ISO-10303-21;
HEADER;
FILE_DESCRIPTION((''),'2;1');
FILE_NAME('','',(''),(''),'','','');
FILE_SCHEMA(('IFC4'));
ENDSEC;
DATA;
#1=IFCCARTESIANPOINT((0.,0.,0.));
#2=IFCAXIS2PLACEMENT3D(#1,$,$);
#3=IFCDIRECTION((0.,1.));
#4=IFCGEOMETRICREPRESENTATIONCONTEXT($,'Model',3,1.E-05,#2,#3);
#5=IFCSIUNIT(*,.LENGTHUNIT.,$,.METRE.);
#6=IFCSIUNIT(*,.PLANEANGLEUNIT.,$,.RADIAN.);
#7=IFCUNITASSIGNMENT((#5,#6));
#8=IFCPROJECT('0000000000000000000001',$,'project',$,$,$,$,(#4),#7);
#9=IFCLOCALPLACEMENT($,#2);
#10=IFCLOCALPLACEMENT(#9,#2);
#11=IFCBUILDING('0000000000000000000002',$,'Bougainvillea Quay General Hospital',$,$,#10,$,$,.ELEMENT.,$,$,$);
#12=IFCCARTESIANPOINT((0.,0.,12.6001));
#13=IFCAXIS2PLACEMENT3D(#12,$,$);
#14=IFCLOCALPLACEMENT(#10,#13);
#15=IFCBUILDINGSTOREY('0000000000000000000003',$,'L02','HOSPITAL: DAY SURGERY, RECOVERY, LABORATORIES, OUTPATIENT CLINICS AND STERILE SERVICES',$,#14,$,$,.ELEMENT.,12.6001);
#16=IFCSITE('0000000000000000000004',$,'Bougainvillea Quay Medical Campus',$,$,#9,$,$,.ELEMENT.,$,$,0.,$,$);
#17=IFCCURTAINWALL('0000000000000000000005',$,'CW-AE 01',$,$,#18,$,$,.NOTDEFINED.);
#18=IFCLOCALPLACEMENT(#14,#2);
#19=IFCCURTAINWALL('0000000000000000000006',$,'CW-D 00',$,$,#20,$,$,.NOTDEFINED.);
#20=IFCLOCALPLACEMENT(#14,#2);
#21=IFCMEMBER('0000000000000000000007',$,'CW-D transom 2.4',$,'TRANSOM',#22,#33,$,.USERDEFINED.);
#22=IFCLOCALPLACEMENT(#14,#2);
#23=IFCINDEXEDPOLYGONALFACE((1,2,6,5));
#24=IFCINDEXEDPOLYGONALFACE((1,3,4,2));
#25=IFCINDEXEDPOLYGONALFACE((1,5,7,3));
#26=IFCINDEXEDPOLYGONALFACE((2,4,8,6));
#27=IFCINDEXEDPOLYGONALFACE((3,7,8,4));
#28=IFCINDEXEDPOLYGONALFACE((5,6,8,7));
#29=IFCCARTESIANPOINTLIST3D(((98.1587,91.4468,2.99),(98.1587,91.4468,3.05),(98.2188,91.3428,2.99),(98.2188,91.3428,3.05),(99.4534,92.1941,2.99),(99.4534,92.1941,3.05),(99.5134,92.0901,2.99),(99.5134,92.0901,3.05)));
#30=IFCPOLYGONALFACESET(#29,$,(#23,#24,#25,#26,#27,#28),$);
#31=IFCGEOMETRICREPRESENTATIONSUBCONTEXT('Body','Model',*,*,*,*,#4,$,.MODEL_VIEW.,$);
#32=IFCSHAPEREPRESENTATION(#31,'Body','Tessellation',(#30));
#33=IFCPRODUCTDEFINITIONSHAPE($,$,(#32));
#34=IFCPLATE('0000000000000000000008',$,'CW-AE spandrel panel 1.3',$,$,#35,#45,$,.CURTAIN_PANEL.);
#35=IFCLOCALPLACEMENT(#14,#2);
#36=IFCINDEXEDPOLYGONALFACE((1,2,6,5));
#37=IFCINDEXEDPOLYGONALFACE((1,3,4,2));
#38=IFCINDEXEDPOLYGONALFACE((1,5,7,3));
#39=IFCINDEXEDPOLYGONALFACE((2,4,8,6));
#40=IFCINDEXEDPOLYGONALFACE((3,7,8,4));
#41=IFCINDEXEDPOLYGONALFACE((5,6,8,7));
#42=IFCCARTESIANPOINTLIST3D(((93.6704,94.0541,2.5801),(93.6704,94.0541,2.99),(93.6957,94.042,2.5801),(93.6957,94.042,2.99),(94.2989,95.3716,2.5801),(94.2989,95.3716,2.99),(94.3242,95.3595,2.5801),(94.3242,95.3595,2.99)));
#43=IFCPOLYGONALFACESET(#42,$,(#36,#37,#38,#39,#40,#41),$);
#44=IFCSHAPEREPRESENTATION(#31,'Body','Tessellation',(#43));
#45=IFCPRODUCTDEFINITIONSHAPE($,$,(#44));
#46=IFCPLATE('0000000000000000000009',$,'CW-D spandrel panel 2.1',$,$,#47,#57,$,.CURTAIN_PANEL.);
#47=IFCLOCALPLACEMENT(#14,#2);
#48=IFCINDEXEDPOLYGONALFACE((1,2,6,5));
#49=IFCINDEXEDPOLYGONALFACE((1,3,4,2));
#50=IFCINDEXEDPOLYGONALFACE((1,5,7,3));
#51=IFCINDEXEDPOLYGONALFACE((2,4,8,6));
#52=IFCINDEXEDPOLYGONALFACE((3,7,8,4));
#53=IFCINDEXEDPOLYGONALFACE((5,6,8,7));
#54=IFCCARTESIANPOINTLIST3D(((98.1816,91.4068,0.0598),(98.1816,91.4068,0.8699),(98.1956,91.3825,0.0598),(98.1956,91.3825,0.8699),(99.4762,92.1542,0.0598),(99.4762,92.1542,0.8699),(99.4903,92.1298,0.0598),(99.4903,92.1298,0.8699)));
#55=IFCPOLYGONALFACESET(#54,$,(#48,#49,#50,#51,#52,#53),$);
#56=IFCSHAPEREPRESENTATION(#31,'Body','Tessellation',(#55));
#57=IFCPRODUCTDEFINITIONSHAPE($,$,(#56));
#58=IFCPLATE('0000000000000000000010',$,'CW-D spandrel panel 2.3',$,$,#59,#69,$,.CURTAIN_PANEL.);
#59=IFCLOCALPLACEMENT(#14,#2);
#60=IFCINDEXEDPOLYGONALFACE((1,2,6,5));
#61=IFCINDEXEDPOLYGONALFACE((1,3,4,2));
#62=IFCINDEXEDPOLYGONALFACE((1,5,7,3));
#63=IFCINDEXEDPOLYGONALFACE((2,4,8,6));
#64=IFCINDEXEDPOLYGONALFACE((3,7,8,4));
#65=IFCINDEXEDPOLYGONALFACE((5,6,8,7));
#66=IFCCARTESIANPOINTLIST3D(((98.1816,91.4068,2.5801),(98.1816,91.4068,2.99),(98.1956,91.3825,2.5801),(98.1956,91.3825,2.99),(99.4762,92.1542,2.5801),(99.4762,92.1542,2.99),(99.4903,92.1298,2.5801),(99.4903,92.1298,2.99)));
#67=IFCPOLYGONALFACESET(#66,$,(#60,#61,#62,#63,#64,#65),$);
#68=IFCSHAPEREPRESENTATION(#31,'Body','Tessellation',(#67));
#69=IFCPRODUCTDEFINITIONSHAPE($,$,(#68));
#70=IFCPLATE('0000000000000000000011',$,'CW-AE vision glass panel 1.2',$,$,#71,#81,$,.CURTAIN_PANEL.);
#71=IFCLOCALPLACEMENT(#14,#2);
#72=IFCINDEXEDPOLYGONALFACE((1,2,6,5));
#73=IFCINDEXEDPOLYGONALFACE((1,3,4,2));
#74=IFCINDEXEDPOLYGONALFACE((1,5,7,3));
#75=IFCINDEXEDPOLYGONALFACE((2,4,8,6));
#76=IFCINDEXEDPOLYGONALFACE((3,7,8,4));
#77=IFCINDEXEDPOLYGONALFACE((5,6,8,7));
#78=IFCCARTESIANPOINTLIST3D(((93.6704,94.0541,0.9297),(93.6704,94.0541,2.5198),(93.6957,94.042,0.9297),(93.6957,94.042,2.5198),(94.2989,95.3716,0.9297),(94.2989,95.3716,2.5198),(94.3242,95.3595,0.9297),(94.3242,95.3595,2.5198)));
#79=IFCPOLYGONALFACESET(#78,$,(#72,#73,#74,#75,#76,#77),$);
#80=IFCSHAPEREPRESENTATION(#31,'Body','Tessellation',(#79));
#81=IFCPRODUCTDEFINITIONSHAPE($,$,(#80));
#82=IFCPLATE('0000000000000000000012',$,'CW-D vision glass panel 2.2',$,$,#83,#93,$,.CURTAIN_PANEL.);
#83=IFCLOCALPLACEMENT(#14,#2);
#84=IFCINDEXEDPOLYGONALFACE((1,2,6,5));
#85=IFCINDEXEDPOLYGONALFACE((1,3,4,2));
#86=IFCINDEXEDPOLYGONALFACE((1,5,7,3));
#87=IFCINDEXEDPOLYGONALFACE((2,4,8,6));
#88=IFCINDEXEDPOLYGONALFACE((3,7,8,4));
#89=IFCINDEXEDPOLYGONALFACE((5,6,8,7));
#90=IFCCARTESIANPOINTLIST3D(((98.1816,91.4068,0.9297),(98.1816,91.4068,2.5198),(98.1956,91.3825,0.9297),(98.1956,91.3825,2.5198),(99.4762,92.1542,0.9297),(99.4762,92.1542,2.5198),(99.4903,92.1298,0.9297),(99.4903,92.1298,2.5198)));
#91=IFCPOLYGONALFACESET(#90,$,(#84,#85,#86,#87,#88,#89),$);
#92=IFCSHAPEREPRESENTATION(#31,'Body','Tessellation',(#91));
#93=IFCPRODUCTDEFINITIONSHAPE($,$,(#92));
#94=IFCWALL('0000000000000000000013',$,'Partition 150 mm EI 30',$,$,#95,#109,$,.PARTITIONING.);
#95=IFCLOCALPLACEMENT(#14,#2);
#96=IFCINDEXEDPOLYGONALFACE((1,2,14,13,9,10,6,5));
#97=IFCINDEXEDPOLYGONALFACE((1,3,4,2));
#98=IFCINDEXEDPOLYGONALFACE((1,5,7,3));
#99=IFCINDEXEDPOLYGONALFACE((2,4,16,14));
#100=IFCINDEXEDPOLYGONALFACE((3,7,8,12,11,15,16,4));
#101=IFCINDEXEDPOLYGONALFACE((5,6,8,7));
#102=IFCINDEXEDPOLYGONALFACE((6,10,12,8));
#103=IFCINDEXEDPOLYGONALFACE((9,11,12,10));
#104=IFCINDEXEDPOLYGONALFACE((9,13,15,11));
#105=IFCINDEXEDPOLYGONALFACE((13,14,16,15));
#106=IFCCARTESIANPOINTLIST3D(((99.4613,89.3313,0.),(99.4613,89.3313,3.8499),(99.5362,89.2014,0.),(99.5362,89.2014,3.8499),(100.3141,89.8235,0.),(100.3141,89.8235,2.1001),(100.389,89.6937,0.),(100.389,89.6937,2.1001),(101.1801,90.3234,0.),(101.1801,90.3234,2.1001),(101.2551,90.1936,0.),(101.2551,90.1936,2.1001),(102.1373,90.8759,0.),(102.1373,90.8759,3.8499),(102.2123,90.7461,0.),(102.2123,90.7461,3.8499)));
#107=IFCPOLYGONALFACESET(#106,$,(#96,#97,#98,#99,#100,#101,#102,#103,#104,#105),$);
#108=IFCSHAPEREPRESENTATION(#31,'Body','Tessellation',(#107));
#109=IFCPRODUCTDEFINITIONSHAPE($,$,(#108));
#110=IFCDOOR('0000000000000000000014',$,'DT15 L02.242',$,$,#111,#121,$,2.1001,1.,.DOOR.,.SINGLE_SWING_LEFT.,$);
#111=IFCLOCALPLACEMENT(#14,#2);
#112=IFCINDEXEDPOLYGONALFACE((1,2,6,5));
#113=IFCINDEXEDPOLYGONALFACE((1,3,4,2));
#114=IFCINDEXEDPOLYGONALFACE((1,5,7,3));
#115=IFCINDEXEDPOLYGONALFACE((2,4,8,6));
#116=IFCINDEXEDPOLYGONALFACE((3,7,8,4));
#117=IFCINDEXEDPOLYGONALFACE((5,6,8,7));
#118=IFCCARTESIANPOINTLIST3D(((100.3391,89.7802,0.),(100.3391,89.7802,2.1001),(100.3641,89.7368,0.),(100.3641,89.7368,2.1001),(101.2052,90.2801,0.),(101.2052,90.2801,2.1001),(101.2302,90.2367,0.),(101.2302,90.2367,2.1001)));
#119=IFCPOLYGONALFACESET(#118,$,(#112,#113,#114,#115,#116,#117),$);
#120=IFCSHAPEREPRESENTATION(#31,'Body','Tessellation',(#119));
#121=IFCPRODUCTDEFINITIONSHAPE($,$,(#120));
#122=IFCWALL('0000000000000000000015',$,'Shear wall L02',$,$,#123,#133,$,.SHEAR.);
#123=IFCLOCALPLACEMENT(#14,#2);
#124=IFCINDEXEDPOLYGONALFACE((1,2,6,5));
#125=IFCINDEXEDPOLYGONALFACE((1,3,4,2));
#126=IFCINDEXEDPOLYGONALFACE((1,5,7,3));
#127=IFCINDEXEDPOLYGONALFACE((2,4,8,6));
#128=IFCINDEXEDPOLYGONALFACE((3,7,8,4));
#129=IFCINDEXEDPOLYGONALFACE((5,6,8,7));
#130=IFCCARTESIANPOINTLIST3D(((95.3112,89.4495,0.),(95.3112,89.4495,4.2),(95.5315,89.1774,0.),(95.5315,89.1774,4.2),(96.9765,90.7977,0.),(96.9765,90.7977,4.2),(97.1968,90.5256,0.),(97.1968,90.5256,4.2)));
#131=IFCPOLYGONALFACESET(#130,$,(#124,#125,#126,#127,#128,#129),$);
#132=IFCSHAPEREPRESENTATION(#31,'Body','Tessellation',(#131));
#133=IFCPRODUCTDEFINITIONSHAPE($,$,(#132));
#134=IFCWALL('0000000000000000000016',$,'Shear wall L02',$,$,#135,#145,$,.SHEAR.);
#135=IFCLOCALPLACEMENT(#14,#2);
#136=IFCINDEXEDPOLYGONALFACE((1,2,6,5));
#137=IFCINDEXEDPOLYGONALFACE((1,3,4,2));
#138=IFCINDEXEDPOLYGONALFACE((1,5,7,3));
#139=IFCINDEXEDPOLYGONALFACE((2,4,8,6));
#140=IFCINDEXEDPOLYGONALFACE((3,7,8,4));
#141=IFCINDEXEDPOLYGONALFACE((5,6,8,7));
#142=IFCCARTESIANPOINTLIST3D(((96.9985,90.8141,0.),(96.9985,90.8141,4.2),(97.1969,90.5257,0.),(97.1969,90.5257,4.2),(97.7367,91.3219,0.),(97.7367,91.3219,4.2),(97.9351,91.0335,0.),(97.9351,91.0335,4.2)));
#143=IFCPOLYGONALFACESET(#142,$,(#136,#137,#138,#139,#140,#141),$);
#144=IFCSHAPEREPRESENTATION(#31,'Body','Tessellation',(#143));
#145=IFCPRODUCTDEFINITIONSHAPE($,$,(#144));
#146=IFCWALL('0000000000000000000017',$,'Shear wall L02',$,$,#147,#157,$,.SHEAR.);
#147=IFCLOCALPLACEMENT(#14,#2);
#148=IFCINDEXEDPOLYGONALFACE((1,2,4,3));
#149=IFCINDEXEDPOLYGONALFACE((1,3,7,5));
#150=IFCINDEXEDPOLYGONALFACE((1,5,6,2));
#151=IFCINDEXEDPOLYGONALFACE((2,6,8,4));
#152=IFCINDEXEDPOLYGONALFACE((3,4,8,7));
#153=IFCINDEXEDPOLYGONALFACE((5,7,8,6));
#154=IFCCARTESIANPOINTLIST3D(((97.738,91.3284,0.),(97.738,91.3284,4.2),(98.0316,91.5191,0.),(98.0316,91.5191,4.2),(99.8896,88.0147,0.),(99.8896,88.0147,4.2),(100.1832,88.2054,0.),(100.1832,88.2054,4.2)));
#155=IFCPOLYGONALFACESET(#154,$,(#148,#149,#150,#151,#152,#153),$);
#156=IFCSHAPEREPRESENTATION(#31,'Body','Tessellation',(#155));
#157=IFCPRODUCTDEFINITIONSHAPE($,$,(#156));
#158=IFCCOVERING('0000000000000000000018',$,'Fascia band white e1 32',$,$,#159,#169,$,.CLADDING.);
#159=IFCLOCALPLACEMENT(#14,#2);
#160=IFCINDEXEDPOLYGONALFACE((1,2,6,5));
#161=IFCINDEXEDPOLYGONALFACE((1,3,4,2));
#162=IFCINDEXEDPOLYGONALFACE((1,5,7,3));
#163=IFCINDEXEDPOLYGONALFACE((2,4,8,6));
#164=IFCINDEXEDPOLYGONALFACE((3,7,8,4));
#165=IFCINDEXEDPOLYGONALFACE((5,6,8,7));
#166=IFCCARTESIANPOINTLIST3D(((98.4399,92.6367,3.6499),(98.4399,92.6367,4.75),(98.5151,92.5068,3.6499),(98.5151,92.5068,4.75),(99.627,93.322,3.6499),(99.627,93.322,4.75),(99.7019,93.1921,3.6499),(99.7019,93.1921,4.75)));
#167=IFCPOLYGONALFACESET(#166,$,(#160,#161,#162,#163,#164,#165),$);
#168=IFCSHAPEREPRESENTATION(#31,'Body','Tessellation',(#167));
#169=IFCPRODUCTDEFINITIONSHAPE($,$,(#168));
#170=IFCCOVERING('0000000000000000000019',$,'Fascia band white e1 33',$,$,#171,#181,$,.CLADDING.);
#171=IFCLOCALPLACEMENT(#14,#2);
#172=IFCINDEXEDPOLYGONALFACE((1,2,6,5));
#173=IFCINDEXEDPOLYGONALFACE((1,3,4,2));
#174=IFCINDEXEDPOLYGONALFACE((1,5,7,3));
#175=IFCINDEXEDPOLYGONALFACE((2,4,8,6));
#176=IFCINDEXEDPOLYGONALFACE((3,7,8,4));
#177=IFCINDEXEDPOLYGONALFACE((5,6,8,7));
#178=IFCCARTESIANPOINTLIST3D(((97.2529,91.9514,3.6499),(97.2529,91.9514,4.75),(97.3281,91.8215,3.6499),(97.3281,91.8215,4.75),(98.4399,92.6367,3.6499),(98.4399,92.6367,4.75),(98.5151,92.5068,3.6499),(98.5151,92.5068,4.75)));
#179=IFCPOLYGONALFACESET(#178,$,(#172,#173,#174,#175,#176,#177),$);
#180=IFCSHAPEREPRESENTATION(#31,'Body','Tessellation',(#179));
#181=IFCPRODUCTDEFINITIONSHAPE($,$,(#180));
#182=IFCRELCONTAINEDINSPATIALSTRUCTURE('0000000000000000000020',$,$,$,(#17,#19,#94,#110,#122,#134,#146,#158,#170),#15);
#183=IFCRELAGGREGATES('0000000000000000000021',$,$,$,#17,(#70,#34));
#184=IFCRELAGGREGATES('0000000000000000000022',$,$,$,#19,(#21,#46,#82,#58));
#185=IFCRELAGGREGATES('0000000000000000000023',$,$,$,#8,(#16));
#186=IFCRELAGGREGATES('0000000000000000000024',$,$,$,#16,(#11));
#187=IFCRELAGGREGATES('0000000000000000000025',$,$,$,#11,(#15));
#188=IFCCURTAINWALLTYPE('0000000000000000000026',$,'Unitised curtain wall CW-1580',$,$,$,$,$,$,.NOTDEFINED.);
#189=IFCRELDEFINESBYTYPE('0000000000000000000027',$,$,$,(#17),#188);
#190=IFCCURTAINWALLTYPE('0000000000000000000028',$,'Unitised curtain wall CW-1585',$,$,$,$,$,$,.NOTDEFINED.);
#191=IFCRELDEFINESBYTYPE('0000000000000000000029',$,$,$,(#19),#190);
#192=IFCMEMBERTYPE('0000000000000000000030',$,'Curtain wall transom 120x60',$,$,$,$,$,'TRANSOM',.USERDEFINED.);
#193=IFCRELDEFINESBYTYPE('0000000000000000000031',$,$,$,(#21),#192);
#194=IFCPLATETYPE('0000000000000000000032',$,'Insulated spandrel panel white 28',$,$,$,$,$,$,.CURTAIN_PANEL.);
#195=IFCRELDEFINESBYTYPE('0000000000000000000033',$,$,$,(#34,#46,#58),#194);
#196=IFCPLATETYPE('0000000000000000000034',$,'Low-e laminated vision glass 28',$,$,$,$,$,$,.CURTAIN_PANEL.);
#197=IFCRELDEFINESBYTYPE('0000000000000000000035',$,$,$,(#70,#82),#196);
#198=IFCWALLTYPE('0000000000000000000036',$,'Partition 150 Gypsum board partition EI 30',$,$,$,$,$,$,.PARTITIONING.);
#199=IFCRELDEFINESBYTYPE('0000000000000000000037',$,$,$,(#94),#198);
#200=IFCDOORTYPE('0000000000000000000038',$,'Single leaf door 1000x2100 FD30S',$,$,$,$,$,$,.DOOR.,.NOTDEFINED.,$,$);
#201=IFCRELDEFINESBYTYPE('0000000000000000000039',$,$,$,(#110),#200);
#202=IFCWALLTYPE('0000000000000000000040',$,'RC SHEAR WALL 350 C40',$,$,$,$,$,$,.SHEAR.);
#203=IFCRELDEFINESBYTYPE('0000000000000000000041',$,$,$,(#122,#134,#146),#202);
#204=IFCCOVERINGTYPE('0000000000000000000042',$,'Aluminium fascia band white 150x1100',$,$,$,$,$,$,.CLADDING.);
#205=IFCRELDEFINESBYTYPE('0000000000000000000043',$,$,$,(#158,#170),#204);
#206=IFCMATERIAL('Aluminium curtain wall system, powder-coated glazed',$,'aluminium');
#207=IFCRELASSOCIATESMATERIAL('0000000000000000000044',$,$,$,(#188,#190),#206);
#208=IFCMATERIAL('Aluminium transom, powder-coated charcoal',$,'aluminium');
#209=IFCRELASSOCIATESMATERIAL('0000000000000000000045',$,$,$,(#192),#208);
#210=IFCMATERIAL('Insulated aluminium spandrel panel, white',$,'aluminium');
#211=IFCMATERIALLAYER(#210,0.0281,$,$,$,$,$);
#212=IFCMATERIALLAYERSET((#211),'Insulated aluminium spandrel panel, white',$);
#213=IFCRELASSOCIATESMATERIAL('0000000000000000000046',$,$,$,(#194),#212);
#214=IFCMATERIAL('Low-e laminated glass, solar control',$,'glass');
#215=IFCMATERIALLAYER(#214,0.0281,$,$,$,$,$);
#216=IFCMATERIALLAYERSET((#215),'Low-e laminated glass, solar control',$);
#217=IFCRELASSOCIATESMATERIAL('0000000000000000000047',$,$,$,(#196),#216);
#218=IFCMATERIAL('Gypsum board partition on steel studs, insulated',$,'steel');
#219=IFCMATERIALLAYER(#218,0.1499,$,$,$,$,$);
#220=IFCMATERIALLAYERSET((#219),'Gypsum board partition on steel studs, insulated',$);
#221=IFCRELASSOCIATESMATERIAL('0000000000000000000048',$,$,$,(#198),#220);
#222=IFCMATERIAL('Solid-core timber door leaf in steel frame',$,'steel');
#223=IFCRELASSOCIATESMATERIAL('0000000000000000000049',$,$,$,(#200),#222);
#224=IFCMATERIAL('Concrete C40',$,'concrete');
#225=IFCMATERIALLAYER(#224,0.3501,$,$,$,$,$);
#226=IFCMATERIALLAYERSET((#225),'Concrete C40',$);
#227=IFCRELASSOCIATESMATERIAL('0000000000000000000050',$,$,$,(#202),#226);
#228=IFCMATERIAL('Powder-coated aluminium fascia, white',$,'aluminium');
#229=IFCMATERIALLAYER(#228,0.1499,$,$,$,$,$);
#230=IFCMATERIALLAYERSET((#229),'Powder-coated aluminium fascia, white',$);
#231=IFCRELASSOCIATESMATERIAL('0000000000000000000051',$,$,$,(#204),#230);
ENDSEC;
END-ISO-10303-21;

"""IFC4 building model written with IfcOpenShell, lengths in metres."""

from ifc_helpers import new_model, si_unit, direction, frame, frame_2d, origin, origin_2d, place, context, subcontext, project, spatial, polyline, rectangle, outline, extrude, material, layer, layer_set, material_profile, profile_set, type_object, element, fill, aggregate, save


model = new_model("IFC4")

# Units and contexts
model_context = context("Model", 3, precision=1e-05, world=origin(), true_north=direction((0.0, 1.0)))
body_context = subcontext(model_context, "Body", "Model", "MODEL_VIEW")
ifc_project = project(units=[si_unit("LENGTHUNIT", "METRE"), si_unit("PLANEANGLEUNIT", "RADIAN")], contexts=[model_context])

# Site, building, storey
site_placement = place(None, origin())
site = spatial("IfcSite", under=ifc_project, at=site_placement, Name="Bougainvillea Quay Medical Campus", CompositionType="ELEMENT", RefElevation=0.0)
building_placement = place(site_placement, origin())
building = spatial("IfcBuilding", under=site, at=building_placement, Name="Bougainvillea Quay General Hospital", CompositionType="ELEMENT")
storey_placement = place(building_placement, frame((0.0, 0.0, 12.6001)))
storey = spatial("IfcBuildingStorey", under=building, at=storey_placement, Name="L02", Description="HOSPITAL: DAY SURGERY, RECOVERY, LABORATORIES, OUTPATIENT CLINICS AND STERILE SERVICES", CompositionType="ELEMENT", Elevation=12.6001)

# Shared definitions
ifc_material_1 = material(Name="Concrete C40", Category="concrete")

# Curtain wall
ifc_material_2 = material(Name="Aluminium curtain wall system, powder-coated glazed", Category="aluminium")
curtain_wall_type_1 = type_object("IfcCurtainWallType", Name="Unitised curtain wall CW-1580", PredefinedType="NOTDEFINED", material=ifc_material_2)
curtain_wall_1_placement = place(storey_placement, origin())
curtain_wall_1 = element("IfcCurtainWall", 1, at=curtain_wall_1_placement, inside=storey, type_object=curtain_wall_type_1, Name="CW-AE 01", PredefinedType="NOTDEFINED")

# Curtain wall
curtain_wall_type_2 = type_object("IfcCurtainWallType", Name="Unitised curtain wall CW-1585", PredefinedType="NOTDEFINED", material=ifc_material_2)
curtain_wall_2_placement = place(storey_placement, origin())
curtain_wall_2 = element("IfcCurtainWall", 2, at=curtain_wall_2_placement, inside=storey, type_object=curtain_wall_type_2, Name="CW-D 00", PredefinedType="NOTDEFINED")

# Member
ifc_material_3 = material(Name="Aluminium transom, powder-coated charcoal", Category="aluminium")
ifc_material_profile_1 = material_profile(ifc_material_3, rectangle(XDim=0.1201, YDim=0.0601, at=origin_2d()))
ifc_profile_set_1 = profile_set([ifc_material_profile_1], Name="Aluminium transom, powder-coated charcoal")
member_type_1 = type_object("IfcMemberType", Name="Curtain wall transom 120x60", ElementType="TRANSOM", PredefinedType="USERDEFINED", material=ifc_profile_set_1)
member_1_placement = place(storey_placement, frame((99.4834, 92.1421, 3.02), z_axis=(-0.866074, -0.499916, 0.0), x_axis=(0.499916, -0.866074, 0.0)))
member_1 = element("IfcMember", 3, at=member_1_placement, type_object=member_type_1, Name="CW-D transom 2.4", ObjectType="TRANSOM", PredefinedType="USERDEFINED", context=body_context, shape_type="SweptSolid", body=[
    extrude(rectangle(XDim=0.1201, YDim=0.0601, at=origin_2d()), origin(), (0.0, 0.0, 1.0), 1.4949),
])

# Plates
ifc_material_4 = material(Name="Insulated aluminium spandrel panel, white", Category="aluminium")
ifc_layer_1 = layer(ifc_material_4, 0.0281)
ifc_layer_set_1 = layer_set([ifc_layer_1], Name="Insulated aluminium spandrel panel, white")
plate_type_1 = type_object("IfcPlateType", Name="Insulated spandrel panel white 28", PredefinedType="CURTAIN_PANEL", material=ifc_layer_set_1)
plate_1_placement = place(storey_placement, frame((93.9973, 94.7068, 2.5801), z_axis=(0.0, 0.0, 1.0), x_axis=(0.430563, 0.902561, 0.0)))
plate_1 = element("IfcPlate", 4, at=plate_1_placement, type_object=plate_type_1, Name="CW-AE spandrel panel 1.3", PredefinedType="CURTAIN_PANEL", context=body_context, shape_type="SweptSolid", body=[
    extrude(rectangle(XDim=1.4597, YDim=0.0281, at=origin_2d()), origin(), (0.0, 0.0, 1.0), 0.4099),
])
plate_2_placement = place(storey_placement, frame((98.8359, 91.7683, 0.0598), z_axis=(0.0, 0.0, 1.0), x_axis=(-0.866046, -0.499965, 0.0)))
plate_2 = element("IfcPlate", 5, at=plate_2_placement, type_object=plate_type_1, Name="CW-D spandrel panel 2.1", PredefinedType="CURTAIN_PANEL", context=body_context, shape_type="SweptSolid", body=[
    extrude(rectangle(XDim=1.4949, YDim=0.0281, at=origin_2d()), origin(), (0.0, 0.0, 1.0), 0.8101),
])
plate_3_placement = place(storey_placement, frame((98.8359, 91.7683, 2.5801), z_axis=(0.0, 0.0, 1.0), x_axis=(-0.866046, -0.499965, 0.0)))
plate_3 = element("IfcPlate", 6, at=plate_3_placement, type_object=plate_type_1, Name="CW-D spandrel panel 2.3", PredefinedType="CURTAIN_PANEL", context=body_context, shape_type="SweptSolid", body=[
    extrude(rectangle(XDim=1.4949, YDim=0.0281, at=origin_2d()), origin(), (0.0, 0.0, 1.0), 0.4099),
])
ifc_material_5 = material(Name="Low-e laminated glass, solar control", Category="glass")
ifc_layer_2 = layer(ifc_material_5, 0.0281)
ifc_layer_set_2 = layer_set([ifc_layer_2], Name="Low-e laminated glass, solar control")
plate_type_2 = type_object("IfcPlateType", Name="Low-e laminated vision glass 28", PredefinedType="CURTAIN_PANEL", material=ifc_layer_set_2)
plate_4_placement = place(storey_placement, frame((93.9973, 94.7068, 0.9297), z_axis=(0.0, 0.0, 1.0), x_axis=(0.430563, 0.902561, 0.0)))
plate_4 = element("IfcPlate", 7, at=plate_4_placement, type_object=plate_type_2, Name="CW-AE vision glass panel 1.2", PredefinedType="CURTAIN_PANEL", context=body_context, shape_type="SweptSolid", body=[
    extrude(rectangle(XDim=1.4597, YDim=0.0281, at=origin_2d()), origin(), (0.0, 0.0, 1.0), 1.5901),
])
aggregate(curtain_wall_1, [plate_4, plate_1])
plate_5_placement = place(storey_placement, frame((98.8359, 91.7683, 0.9297), z_axis=(0.0, 0.0, 1.0), x_axis=(-0.866046, -0.499965, 0.0)))
plate_5 = element("IfcPlate", 8, at=plate_5_placement, type_object=plate_type_2, Name="CW-D vision glass panel 2.2", PredefinedType="CURTAIN_PANEL", context=body_context, shape_type="SweptSolid", body=[
    extrude(rectangle(XDim=1.4949, YDim=0.0281, at=origin_2d()), origin(), (0.0, 0.0, 1.0), 1.5901),
])
aggregate(curtain_wall_2, [member_1, plate_2, plate_5, plate_3])

# Wall, opening, door
ifc_material_6 = material(Name="Gypsum board partition on steel studs, insulated", Category="steel")
ifc_layer_3 = layer(ifc_material_6, 0.1499)
ifc_layer_set_3 = layer_set([ifc_layer_3], Name="Gypsum board partition on steel studs, insulated")
wall_type_1 = type_object("IfcWallType", Name="Partition 150 Gypsum board partition EI 30", PredefinedType="PARTITIONING", material=ifc_layer_set_3)
wall_1_placement = place(storey_placement, frame((99.4988, 89.2664, 0.0), z_axis=(0.0, 0.0, 1.0), x_axis=(0.866071, 0.499921, 0.0)))
wall_1 = element("IfcWall", 9, at=wall_1_placement, inside=storey, type_object=wall_type_1, Name="Partition 150 mm EI 30", PredefinedType="PARTITIONING", context=body_context, shape_type="SweptSolid", body=[
    extrude(rectangle(XDim=3.0898, YDim=0.1499, at=frame_2d((1.5449, 0.0))), origin(), (0.0, 0.0, 1.0), 3.8499),
])
opening_placement = place(wall_1_placement, frame((0.9846, 0.0, 0.0)))
opening = element("IfcOpeningElement", 10, at=opening_placement, cuts=wall_1, PredefinedType="OPENING", context=body_context, shape_type="SweptSolid", body=[
    extrude(rectangle(XDim=1.0, YDim=2.1001, at=frame_2d((0.5, 1.05))), frame((0.0, 0.085, 0.0), z_axis=(0.0, -1.0, 0.0), x_axis=(1.0, 0.0, 0.0)), (0.0, 0.0, 1.0), 0.1699),
])
ifc_material_7 = material(Name="Solid-core timber door leaf in steel frame", Category="steel")
door_type = type_object("IfcDoorType", Name="Single leaf door 1000x2100 FD30S", OperationType="NOTDEFINED", PredefinedType="DOOR", material=ifc_material_7)
door_placement = place(opening_placement, origin())
door = element("IfcDoor", 11, at=door_placement, inside=storey, type_object=door_type, Name="DT15 L02.242", OperationType="SINGLE_SWING_LEFT", OverallHeight=2.1001, OverallWidth=1.0, PredefinedType="DOOR", context=body_context, shape_type="SweptSolid", body=[
    extrude(rectangle(XDim=1.0, YDim=2.1001, at=frame_2d((0.5, 1.05))), frame((0.0, 0.0249, 0.0), z_axis=(0.0, -1.0, 0.0), x_axis=(1.0, 0.0, 0.0)), (0.0, 0.0, 1.0), 0.05),
])
fill(opening, door)

# Walls
ifc_layer_4 = layer(ifc_material_1, 0.3501)
ifc_layer_set_4 = layer_set([ifc_layer_4], Name="Concrete C40")
wall_type_2 = type_object("IfcWallType", Name="RC SHEAR WALL 350 C40", PredefinedType="SHEAR", material=ifc_layer_set_4)
wall_2_placement = place(storey_placement, frame((97.0867, 90.6616, 0.0), z_axis=(0.0, 0.0, 1.0), x_axis=(-0.777232, -0.629215, 0.0)))
element("IfcWall", 12, at=wall_2_placement, inside=storey, type_object=wall_type_2, Name="Shear wall L02", PredefinedType="SHEAR", context=body_context, shape_type="SweptSolid", body=[
    extrude(rectangle(XDim=2.1426, YDim=0.3501, at=frame_2d((1.0713, 0.0))), origin(), (0.0, 0.0, 1.0), 4.2),
])
wall_3_placement = place(storey_placement, frame((97.0977, 90.6699, 0.0), z_axis=(0.0, 0.0, 1.0), x_axis=(0.823915, 0.566714, 0.0)))
element("IfcWall", 13, at=wall_3_placement, inside=storey, type_object=wall_type_2, Name="Shear wall L02", PredefinedType="SHEAR", context=body_context, shape_type="SweptSolid", body=[
    extrude(rectangle(XDim=0.896, YDim=0.3501, at=frame_2d((0.448, 0.0))), origin(), (0.0, 0.0, 1.0), 4.2),
])
wall_4_placement = place(storey_placement, frame((97.8848, 91.4238, 0.0), z_axis=(0.0, 0.0, 1.0), x_axis=(0.544578, -0.83871, 0.0)))
element("IfcWall", 14, at=wall_4_placement, inside=storey, type_object=wall_type_2, Name="Shear wall L02", PredefinedType="SHEAR", context=body_context, shape_type="SweptSolid", body=[
    extrude(rectangle(XDim=3.9509, YDim=0.3501, at=frame_2d((1.9756, 0.0))), origin(), (0.0, 0.0, 1.0), 4.2),
])

# Coverings
ifc_material_8 = material(Name="Powder-coated aluminium fascia, white", Category="aluminium")
ifc_layer_5 = layer(ifc_material_8, 0.1499)
ifc_layer_set_5 = layer_set([ifc_layer_5], Name="Powder-coated aluminium fascia, white")
covering_type_1 = type_object("IfcCoveringType", Name="Aluminium fascia band white 150x1100", PredefinedType="CLADDING", material=ifc_layer_set_5)
covering_1_placement = place(storey_placement, frame((99.7019, 93.1921, 3.6499), z_axis=(0.0, 0.0, 1.0), x_axis=(-0.865987, -0.500067, 0.0)))
element("IfcCovering", 15, at=covering_1_placement, inside=storey, type_object=covering_type_1, Name="Fascia band white e1 32", PredefinedType="CLADDING", context=body_context, shape_type="SweptSolid", body=[
    extrude(outline(polyline([(0.0, 0.0), (1.3704, 0.0), (1.3706, -0.1501), (0.0, -0.15), (0.0, 0.0)])), origin(), (0.0, 0.0, 1.0), 1.1001),
])
covering_2_placement = place(storey_placement, frame((98.5151, 92.5068, 3.6499), z_axis=(0.0, 0.0, 1.0), x_axis=(-0.866031, -0.49999, 0.0)))
element("IfcCovering", 16, at=covering_2_placement, inside=storey, type_object=covering_type_1, Name="Fascia band white e1 33", PredefinedType="CLADDING", context=body_context, shape_type="SweptSolid", body=[
    extrude(outline(polyline([(0.0, 0.0), (1.3706, 0.0), (1.3708, -0.1501), (0.0002, -0.1501), (0.0, 0.0)])), origin(), (0.0, 0.0, 1.0), 1.1001),
])

save(model, "model.ifc")
